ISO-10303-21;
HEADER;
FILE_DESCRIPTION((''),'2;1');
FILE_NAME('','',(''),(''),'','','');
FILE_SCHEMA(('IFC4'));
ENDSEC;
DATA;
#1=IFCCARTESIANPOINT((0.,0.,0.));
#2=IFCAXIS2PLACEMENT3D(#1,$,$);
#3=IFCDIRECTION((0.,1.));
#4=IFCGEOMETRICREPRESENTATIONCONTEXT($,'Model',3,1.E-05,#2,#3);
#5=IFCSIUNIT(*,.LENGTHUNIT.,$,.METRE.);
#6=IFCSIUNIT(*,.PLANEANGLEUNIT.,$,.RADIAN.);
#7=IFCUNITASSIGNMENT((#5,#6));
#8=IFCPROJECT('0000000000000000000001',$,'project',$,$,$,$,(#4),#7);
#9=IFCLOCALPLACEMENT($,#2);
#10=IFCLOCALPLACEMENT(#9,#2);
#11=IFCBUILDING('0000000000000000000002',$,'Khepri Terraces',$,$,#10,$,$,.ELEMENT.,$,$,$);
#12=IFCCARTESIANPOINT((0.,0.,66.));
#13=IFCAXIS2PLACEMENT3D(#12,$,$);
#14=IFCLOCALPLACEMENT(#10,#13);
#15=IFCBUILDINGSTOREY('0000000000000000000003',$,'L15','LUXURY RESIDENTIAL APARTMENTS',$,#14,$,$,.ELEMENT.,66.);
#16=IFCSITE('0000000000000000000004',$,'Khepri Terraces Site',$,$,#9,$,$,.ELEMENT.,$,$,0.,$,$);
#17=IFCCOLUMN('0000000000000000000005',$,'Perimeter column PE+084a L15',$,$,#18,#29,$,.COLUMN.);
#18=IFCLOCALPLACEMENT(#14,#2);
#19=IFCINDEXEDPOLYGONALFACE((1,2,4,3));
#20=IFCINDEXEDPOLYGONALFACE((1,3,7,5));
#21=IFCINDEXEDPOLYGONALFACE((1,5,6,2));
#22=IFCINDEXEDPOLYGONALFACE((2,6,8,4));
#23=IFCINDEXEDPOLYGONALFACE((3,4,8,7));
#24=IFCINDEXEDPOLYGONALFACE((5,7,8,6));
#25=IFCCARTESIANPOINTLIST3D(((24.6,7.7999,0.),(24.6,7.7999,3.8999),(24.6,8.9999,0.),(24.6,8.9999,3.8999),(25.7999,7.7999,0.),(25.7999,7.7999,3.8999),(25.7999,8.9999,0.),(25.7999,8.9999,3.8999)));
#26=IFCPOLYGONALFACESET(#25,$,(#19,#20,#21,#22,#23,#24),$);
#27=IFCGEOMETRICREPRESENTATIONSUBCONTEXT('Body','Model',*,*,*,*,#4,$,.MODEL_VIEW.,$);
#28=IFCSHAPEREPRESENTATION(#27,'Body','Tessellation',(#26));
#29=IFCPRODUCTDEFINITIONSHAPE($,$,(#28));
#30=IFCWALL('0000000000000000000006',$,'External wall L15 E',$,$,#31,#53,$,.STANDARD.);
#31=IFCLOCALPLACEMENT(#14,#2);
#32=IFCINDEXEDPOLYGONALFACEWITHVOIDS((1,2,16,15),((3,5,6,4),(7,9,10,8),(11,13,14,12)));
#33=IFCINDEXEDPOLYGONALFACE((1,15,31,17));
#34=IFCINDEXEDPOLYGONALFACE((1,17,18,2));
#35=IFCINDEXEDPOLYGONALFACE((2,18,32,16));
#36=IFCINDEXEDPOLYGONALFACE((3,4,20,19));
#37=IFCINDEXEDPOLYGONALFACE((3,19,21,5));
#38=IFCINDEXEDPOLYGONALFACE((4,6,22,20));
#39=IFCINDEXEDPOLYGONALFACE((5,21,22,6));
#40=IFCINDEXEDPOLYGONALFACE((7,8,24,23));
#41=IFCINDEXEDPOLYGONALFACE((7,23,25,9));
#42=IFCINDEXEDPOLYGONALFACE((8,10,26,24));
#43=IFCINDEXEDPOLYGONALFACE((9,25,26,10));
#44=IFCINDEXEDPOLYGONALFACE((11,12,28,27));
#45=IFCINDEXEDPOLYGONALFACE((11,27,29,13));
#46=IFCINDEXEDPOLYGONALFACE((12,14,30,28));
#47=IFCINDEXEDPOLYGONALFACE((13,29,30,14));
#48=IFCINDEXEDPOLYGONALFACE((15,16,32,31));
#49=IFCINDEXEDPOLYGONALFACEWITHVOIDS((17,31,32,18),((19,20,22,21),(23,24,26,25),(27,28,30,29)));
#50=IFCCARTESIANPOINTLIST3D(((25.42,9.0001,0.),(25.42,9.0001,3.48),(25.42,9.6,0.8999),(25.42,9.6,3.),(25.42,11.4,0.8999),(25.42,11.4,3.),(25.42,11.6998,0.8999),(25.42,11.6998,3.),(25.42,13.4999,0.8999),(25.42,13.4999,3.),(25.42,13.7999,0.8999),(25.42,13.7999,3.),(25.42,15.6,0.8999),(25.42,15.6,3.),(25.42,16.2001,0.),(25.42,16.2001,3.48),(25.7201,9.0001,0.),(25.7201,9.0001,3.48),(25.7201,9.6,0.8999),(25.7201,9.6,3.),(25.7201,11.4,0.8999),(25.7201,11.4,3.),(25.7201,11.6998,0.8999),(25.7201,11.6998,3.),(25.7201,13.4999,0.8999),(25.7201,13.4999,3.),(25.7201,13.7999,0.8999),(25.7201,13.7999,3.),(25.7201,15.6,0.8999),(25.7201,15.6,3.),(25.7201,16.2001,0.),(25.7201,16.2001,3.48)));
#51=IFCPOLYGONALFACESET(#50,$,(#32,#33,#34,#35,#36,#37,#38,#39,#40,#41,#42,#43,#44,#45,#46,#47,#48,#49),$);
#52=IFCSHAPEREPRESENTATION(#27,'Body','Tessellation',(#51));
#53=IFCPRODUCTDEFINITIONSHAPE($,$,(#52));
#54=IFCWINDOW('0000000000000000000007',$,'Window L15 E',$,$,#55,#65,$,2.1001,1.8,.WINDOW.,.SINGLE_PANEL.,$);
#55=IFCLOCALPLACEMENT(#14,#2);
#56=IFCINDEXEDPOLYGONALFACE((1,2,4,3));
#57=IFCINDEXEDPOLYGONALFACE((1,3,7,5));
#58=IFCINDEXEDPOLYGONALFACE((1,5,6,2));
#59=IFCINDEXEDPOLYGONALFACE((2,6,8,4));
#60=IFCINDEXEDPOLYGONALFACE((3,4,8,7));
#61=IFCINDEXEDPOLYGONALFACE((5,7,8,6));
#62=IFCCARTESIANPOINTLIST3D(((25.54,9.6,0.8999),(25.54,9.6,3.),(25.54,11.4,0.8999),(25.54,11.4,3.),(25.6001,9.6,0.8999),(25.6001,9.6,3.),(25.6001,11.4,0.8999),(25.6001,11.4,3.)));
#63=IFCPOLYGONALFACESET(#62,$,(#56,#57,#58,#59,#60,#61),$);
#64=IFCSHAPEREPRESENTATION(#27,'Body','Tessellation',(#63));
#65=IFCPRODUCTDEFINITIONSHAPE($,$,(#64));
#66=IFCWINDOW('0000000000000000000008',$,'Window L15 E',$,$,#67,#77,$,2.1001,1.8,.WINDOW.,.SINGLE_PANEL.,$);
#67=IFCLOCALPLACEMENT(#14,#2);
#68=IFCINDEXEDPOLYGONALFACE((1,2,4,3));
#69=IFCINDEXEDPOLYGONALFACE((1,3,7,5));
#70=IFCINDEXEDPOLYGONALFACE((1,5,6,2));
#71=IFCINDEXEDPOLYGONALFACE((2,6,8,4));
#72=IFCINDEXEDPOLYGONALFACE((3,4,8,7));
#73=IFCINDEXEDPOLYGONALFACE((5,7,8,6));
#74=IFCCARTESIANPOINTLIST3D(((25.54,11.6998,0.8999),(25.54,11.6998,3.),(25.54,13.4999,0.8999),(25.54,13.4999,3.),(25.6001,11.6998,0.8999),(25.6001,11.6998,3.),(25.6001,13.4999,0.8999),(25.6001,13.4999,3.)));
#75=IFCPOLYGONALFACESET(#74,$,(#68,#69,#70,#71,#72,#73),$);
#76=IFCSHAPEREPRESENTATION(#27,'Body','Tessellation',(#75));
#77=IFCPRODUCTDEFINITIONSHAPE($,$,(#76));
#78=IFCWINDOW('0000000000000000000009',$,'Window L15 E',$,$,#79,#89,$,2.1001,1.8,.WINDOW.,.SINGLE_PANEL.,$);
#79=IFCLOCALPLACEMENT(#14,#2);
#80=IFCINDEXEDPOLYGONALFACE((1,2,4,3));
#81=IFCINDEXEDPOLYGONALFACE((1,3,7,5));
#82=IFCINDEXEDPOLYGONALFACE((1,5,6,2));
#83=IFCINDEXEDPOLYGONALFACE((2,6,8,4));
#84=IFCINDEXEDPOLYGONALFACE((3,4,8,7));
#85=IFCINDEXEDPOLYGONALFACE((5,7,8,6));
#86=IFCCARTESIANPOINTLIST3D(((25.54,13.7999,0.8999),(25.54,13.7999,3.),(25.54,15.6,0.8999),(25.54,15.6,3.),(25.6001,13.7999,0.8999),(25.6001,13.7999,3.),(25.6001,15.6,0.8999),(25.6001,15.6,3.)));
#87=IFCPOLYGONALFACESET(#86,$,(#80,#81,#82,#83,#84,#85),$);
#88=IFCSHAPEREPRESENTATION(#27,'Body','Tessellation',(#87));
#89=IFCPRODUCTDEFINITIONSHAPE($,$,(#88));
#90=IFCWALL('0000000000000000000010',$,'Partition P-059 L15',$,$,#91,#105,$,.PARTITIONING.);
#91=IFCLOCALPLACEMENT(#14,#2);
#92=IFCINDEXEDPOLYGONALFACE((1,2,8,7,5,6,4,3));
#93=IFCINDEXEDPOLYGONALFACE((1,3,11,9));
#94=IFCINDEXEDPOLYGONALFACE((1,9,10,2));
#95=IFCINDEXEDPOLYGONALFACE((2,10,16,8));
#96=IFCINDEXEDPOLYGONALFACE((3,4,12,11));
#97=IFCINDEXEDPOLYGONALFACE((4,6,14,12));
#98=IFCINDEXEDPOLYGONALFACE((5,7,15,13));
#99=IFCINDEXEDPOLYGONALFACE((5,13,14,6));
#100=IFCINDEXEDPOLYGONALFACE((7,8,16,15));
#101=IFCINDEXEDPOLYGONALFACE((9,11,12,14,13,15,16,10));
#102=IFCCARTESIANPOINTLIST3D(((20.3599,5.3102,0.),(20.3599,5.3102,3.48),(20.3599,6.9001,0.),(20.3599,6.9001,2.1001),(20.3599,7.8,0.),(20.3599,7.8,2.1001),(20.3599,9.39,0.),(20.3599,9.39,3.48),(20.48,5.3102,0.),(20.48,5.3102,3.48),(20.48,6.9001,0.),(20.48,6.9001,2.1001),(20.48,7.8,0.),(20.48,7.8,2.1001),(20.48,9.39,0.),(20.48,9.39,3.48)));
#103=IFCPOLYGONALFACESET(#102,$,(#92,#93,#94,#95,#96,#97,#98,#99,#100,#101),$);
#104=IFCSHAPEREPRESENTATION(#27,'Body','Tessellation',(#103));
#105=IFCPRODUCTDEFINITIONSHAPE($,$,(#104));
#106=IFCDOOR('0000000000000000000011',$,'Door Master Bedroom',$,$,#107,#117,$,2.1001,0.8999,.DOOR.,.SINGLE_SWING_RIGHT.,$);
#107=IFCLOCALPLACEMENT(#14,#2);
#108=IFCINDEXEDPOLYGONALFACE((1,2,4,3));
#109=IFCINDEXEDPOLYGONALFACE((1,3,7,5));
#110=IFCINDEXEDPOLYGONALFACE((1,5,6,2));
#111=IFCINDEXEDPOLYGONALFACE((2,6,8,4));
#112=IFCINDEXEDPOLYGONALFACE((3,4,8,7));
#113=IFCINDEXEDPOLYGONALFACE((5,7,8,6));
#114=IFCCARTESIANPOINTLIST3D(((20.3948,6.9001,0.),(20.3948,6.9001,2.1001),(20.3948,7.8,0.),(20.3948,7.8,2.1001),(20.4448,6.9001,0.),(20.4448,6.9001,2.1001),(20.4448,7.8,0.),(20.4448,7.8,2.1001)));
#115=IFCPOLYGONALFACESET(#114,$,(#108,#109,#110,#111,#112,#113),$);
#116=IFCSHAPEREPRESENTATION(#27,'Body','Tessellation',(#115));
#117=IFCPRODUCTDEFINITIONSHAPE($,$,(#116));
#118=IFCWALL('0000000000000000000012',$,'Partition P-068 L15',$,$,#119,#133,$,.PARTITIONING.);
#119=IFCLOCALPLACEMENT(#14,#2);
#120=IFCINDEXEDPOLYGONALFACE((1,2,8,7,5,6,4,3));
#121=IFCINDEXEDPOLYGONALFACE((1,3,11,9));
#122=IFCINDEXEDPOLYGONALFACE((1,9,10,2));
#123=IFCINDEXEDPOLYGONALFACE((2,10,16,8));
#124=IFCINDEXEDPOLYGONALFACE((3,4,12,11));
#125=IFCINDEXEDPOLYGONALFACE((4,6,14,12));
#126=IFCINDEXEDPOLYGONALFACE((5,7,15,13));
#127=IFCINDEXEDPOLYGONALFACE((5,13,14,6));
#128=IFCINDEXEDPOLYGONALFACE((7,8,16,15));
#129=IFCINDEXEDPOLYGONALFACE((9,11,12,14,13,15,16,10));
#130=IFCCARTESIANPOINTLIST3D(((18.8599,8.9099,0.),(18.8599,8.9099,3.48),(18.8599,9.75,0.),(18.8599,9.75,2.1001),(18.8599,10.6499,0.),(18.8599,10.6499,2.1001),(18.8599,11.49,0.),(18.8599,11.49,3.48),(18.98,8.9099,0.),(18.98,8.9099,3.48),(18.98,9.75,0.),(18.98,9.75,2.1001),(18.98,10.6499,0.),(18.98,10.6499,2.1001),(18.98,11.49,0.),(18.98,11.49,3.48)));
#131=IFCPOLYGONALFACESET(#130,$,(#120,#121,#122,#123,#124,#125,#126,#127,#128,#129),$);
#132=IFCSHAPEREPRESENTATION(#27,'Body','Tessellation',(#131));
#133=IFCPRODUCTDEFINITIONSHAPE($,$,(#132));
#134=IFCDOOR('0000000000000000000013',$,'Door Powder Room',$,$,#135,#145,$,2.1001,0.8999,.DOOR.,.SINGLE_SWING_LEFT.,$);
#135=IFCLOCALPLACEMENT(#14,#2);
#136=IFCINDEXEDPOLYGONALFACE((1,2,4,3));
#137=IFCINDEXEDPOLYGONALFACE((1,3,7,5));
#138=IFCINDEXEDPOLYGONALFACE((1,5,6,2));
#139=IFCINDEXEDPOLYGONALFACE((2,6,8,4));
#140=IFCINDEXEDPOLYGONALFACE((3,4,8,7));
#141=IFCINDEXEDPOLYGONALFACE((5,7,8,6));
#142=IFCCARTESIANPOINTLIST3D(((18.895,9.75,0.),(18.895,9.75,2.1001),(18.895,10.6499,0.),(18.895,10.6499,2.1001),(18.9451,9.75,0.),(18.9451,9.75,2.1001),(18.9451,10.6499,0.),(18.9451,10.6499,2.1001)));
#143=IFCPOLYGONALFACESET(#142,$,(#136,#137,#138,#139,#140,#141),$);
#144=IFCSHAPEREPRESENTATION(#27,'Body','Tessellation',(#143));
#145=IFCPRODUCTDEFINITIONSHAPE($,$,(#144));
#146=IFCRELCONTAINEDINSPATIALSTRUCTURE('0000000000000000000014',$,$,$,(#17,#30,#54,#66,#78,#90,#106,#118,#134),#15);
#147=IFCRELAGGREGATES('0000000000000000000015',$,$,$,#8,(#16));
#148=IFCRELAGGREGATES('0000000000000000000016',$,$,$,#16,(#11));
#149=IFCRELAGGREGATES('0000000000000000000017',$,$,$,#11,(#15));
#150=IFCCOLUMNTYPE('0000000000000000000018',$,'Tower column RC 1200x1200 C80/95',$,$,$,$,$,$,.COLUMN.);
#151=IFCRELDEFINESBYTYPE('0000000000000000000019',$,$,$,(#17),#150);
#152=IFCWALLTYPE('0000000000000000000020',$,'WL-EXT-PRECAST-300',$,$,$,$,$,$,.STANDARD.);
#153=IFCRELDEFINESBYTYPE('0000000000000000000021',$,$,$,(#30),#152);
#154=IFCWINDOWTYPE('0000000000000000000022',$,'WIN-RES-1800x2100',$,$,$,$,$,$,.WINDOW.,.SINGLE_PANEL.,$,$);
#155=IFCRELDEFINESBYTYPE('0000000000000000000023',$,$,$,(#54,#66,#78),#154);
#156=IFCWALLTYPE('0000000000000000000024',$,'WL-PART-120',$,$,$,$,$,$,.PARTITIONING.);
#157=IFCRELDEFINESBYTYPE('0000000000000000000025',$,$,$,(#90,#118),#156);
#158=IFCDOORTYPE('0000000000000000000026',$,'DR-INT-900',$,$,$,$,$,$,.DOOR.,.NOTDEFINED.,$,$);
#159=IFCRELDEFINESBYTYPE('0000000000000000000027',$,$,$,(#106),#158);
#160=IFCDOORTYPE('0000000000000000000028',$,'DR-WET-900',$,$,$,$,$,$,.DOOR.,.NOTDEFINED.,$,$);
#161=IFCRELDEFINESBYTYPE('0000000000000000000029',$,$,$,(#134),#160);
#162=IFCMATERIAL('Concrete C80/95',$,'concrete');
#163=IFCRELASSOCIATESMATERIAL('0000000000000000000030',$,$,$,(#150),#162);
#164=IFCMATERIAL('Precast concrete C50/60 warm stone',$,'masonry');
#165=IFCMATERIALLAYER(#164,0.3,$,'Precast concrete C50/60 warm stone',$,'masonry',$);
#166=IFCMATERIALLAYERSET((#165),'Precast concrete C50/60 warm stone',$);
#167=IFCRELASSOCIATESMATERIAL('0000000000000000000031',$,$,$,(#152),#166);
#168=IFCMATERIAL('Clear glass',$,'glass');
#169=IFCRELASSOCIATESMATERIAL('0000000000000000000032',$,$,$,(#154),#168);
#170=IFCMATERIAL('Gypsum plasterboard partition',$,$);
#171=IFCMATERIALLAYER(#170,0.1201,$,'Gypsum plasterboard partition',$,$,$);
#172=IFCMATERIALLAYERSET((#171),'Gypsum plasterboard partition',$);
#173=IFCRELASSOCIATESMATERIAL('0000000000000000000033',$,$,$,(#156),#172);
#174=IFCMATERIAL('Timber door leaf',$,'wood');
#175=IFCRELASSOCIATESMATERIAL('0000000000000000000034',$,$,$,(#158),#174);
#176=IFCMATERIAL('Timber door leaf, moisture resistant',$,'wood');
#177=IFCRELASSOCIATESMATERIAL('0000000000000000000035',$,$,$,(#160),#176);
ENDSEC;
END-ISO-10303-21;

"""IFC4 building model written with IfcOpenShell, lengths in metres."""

from ifc_helpers import new_model, si_unit, direction, frame, frame_2d, origin, origin_2d, place, context, subcontext, project, spatial, rectangle, extrude, material, layer, layer_set, material_profile, profile_set, type_object, element, fill, save


model = new_model("IFC4")

# Units and contexts
model_context = context("Model", 3, precision=1e-05, world=origin(), true_north=direction((0.0, 1.0)))
body_context = subcontext(model_context, "Body", "Model", "MODEL_VIEW")
ifc_project = project(units=[si_unit("LENGTHUNIT", "METRE"), si_unit("PLANEANGLEUNIT", "RADIAN")], contexts=[model_context])

# Site, building, storey
site_placement = place(None, origin())
site = spatial("IfcSite", under=ifc_project, at=site_placement, Name="Khepri Terraces Site", CompositionType="ELEMENT", RefElevation=0.0)
building_placement = place(site_placement, origin())
building = spatial("IfcBuilding", under=site, at=building_placement, Name="Khepri Terraces", CompositionType="ELEMENT")
storey_placement = place(building_placement, frame((0.0, 0.0, 66.0)))
storey = spatial("IfcBuildingStorey", under=building, at=storey_placement, Name="L15", Description="LUXURY RESIDENTIAL APARTMENTS", CompositionType="ELEMENT", Elevation=66.0)

# Column
ifc_material_1 = material(Name="Concrete C80/95", Category="concrete")
ifc_material_profile = material_profile(ifc_material_1, rectangle(XDim=1.2, YDim=1.2, at=origin_2d()), Name="Concrete C80/95", Category="concrete")
ifc_profile_set = profile_set([ifc_material_profile], Name="Concrete C80/95")
column_type = type_object("IfcColumnType", Name="Tower column RC 1200x1200 C80/95", PredefinedType="COLUMN", material=ifc_profile_set)
column_placement = place(storey_placement, frame((25.2, 8.3999, 0.0), z_axis=(0.0, 0.0, 1.0), x_axis=(1.0, 0.0, 0.0)))
element("IfcColumn", 1, at=column_placement, inside=storey, type_object=column_type, Name="Perimeter column PE+084a L15", PredefinedType="COLUMN", context=body_context, shape_type="SweptSolid", body=[
    extrude(rectangle(XDim=1.2, YDim=1.2, at=origin_2d()), origin(), (0.0, 0.0, 1.0), 3.8999),
])

# Wall, openings, windows
ifc_material_2 = material(Name="Precast concrete C50/60 warm stone", Category="masonry")
ifc_layer_1 = layer(ifc_material_2, 0.3, Name="Precast concrete C50/60 warm stone", Category="masonry")
ifc_layer_set_1 = layer_set([ifc_layer_1], Name="Precast concrete C50/60 warm stone")
wall_type_1 = type_object("IfcWallType", Name="WL-EXT-PRECAST-300", PredefinedType="STANDARD", material=ifc_layer_set_1)
wall_1_placement = place(storey_placement, frame((25.5701, 9.0, 0.0), z_axis=(0.0, 0.0, 1.0), x_axis=(0.0, 1.0, 0.0)))
wall_1 = element("IfcWall", 2, at=wall_1_placement, inside=storey, type_object=wall_type_1, Name="External wall L15 E", PredefinedType="STANDARD", context=body_context, shape_type="SweptSolid", body=[
    extrude(rectangle(XDim=7.2, YDim=0.3, at=frame_2d((3.6001, 0.0))), origin(), (0.0, 0.0, 1.0), 3.48),
])
opening_1_placement = place(wall_1_placement, frame((0.6001, 0.0, 0.8999)))
opening_1 = element("IfcOpeningElement", 3, at=opening_1_placement, cuts=wall_1, PredefinedType="OPENING", context=body_context, shape_type="SweptSolid", body=[
    extrude(rectangle(XDim=1.8, YDim=2.1001, at=frame_2d((0.8999, 1.05))), frame((0.0, 0.1602, 0.0), z_axis=(0.0, -1.0, 0.0), x_axis=(1.0, 0.0, 0.0)), (0.0, 0.0, 1.0), 0.3201),
])
opening_2_placement = place(wall_1_placement, frame((2.7, 0.0, 0.8999)))
opening_2 = element("IfcOpeningElement", 4, at=opening_2_placement, cuts=wall_1, PredefinedType="OPENING", context=body_context, shape_type="SweptSolid", body=[
    extrude(rectangle(XDim=1.8, YDim=2.1001, at=frame_2d((0.8999, 1.05))), frame((0.0, 0.1602, 0.0), z_axis=(0.0, -1.0, 0.0), x_axis=(1.0, 0.0, 0.0)), (0.0, 0.0, 1.0), 0.3201),
])
opening_3_placement = place(wall_1_placement, frame((4.8, 0.0, 0.8999)))
opening_3 = element("IfcOpeningElement", 5, at=opening_3_placement, cuts=wall_1, PredefinedType="OPENING", context=body_context, shape_type="SweptSolid", body=[
    extrude(rectangle(XDim=1.8, YDim=2.1001, at=frame_2d((0.8999, 1.05))), frame((0.0, 0.1602, 0.0), z_axis=(0.0, -1.0, 0.0), x_axis=(1.0, 0.0, 0.0)), (0.0, 0.0, 1.0), 0.3201),
])
ifc_material_3 = material(Name="Clear glass", Category="glass")
window_type = type_object("IfcWindowType", Name="WIN-RES-1800x2100", PartitioningType="SINGLE_PANEL", PredefinedType="WINDOW", material=ifc_material_3)
window_1_placement = place(opening_1_placement, origin())
window_1 = element("IfcWindow", 6, at=window_1_placement, inside=storey, type_object=window_type, Name="Window L15 E", OverallHeight=2.1001, OverallWidth=1.8, PartitioningType="SINGLE_PANEL", PredefinedType="WINDOW", context=body_context, shape_type="SweptSolid", body=[
    extrude(rectangle(XDim=1.8, YDim=2.1001, at=frame_2d((0.8999, 1.05))), frame((0.0, 0.03, 0.0), z_axis=(0.0, -1.0, 0.0), x_axis=(1.0, 0.0, 0.0)), (0.0, 0.0, 1.0), 0.0601),
])
fill(opening_1, window_1)
window_2_placement = place(opening_2_placement, origin())
window_2 = element("IfcWindow", 7, at=window_2_placement, inside=storey, type_object=window_type, Name="Window L15 E", OverallHeight=2.1001, OverallWidth=1.8, PartitioningType="SINGLE_PANEL", PredefinedType="WINDOW", context=body_context, shape_type="SweptSolid", body=[
    extrude(rectangle(XDim=1.8, YDim=2.1001, at=frame_2d((0.8999, 1.05))), frame((0.0, 0.03, 0.0), z_axis=(0.0, -1.0, 0.0), x_axis=(1.0, 0.0, 0.0)), (0.0, 0.0, 1.0), 0.0601),
])
fill(opening_2, window_2)
window_3_placement = place(opening_3_placement, origin())
window_3 = element("IfcWindow", 8, at=window_3_placement, inside=storey, type_object=window_type, Name="Window L15 E", OverallHeight=2.1001, OverallWidth=1.8, PartitioningType="SINGLE_PANEL", PredefinedType="WINDOW", context=body_context, shape_type="SweptSolid", body=[
    extrude(rectangle(XDim=1.8, YDim=2.1001, at=frame_2d((0.8999, 1.05))), frame((0.0, 0.03, 0.0), z_axis=(0.0, -1.0, 0.0), x_axis=(1.0, 0.0, 0.0)), (0.0, 0.0, 1.0), 0.0601),
])
fill(opening_3, window_3)

# Walls, openings, doors
ifc_material_4 = material(Name="Gypsum plasterboard partition")
ifc_layer_2 = layer(ifc_material_4, 0.1201, Name="Gypsum plasterboard partition")
ifc_layer_set_2 = layer_set([ifc_layer_2], Name="Gypsum plasterboard partition")
wall_type_2 = type_object("IfcWallType", Name="WL-PART-120", PredefinedType="PARTITIONING", material=ifc_layer_set_2)
wall_2_placement = place(storey_placement, frame((20.4199, 5.3101, 0.0), z_axis=(0.0, 0.0, 1.0), x_axis=(0.0, 1.0, 0.0)))
wall_2 = element("IfcWall", 9, at=wall_2_placement, inside=storey, type_object=wall_type_2, Name="Partition P-059 L15", PredefinedType="PARTITIONING", context=body_context, shape_type="SweptSolid", body=[
    extrude(rectangle(XDim=4.0798, YDim=0.1201, at=frame_2d((2.04, 0.0))), origin(), (0.0, 0.0, 1.0), 3.48),
])
opening_4_placement = place(wall_2_placement, frame((1.5901, 0.0, 0.0)))
opening_4 = element("IfcOpeningElement", 10, at=opening_4_placement, cuts=wall_2, PredefinedType="OPENING", context=body_context, shape_type="SweptSolid", body=[
    extrude(rectangle(XDim=0.8999, YDim=2.1001, at=frame_2d((0.45, 1.05))), frame((0.0, 0.0701, 0.0), z_axis=(0.0, -1.0, 0.0), x_axis=(1.0, 0.0, 0.0)), (0.0, 0.0, 1.0), 0.1401),
])
ifc_material_5 = material(Name="Timber door leaf", Category="wood")
door_type_1 = type_object("IfcDoorType", Name="DR-INT-900", OperationType="NOTDEFINED", PredefinedType="DOOR", material=ifc_material_5)
door_1_placement = place(opening_4_placement, frame((0.8999, 0.0, 0.0), z_axis=(0.0, 0.0, 1.0), x_axis=(-1.0, 0.0, 0.0)))
door_1 = element("IfcDoor", 11, at=door_1_placement, inside=storey, type_object=door_type_1, Name="Door Master Bedroom", OperationType="SINGLE_SWING_RIGHT", OverallHeight=2.1001, OverallWidth=0.8999, PredefinedType="DOOR", context=body_context, shape_type="SweptSolid", body=[
    extrude(rectangle(XDim=0.8999, YDim=2.1001, at=frame_2d((0.45, 1.05))), frame((0.0, 0.0249, 0.0), z_axis=(0.0, -1.0, 0.0), x_axis=(1.0, 0.0, 0.0)), (0.0, 0.0, 1.0), 0.05),
])
fill(opening_4, door_1)
wall_3_placement = place(storey_placement, frame((18.9199, 8.9099, 0.0), z_axis=(0.0, 0.0, 1.0), x_axis=(0.0, 1.0, 0.0)))
wall_3 = element("IfcWall", 12, at=wall_3_placement, inside=storey, type_object=wall_type_2, Name="Partition P-068 L15", PredefinedType="PARTITIONING", context=body_context, shape_type="SweptSolid", body=[
    extrude(rectangle(XDim=2.5801, YDim=0.1201, at=frame_2d((1.29, 0.0))), origin(), (0.0, 0.0, 1.0), 3.48),
])
opening_5_placement = place(wall_3_placement, frame((0.8401, 0.0, 0.0)))
opening_5 = element("IfcOpeningElement", 13, at=opening_5_placement, cuts=wall_3, PredefinedType="OPENING", context=body_context, shape_type="SweptSolid", body=[
    extrude(rectangle(XDim=0.8999, YDim=2.1001, at=frame_2d((0.45, 1.05))), frame((0.0, 0.0701, 0.0), z_axis=(0.0, -1.0, 0.0), x_axis=(1.0, 0.0, 0.0)), (0.0, 0.0, 1.0), 0.1401),
])
ifc_material_6 = material(Name="Timber door leaf, moisture resistant", Category="wood")
door_type_2 = type_object("IfcDoorType", Name="DR-WET-900", OperationType="NOTDEFINED", PredefinedType="DOOR", material=ifc_material_6)
door_2_placement = place(opening_5_placement, origin())
door_2 = element("IfcDoor", 14, at=door_2_placement, inside=storey, type_object=door_type_2, Name="Door Powder Room", OperationType="SINGLE_SWING_LEFT", OverallHeight=2.1001, OverallWidth=0.8999, PredefinedType="DOOR", context=body_context, shape_type="SweptSolid", body=[
    extrude(rectangle(XDim=0.8999, YDim=2.1001, at=frame_2d((0.45, 1.05))), frame((0.0, 0.0249, 0.0), z_axis=(0.0, -1.0, 0.0), x_axis=(1.0, 0.0, 0.0)), (0.0, 0.0, 1.0), 0.05),
])
fill(opening_5, door_2)

save(model, "model.ifc")
